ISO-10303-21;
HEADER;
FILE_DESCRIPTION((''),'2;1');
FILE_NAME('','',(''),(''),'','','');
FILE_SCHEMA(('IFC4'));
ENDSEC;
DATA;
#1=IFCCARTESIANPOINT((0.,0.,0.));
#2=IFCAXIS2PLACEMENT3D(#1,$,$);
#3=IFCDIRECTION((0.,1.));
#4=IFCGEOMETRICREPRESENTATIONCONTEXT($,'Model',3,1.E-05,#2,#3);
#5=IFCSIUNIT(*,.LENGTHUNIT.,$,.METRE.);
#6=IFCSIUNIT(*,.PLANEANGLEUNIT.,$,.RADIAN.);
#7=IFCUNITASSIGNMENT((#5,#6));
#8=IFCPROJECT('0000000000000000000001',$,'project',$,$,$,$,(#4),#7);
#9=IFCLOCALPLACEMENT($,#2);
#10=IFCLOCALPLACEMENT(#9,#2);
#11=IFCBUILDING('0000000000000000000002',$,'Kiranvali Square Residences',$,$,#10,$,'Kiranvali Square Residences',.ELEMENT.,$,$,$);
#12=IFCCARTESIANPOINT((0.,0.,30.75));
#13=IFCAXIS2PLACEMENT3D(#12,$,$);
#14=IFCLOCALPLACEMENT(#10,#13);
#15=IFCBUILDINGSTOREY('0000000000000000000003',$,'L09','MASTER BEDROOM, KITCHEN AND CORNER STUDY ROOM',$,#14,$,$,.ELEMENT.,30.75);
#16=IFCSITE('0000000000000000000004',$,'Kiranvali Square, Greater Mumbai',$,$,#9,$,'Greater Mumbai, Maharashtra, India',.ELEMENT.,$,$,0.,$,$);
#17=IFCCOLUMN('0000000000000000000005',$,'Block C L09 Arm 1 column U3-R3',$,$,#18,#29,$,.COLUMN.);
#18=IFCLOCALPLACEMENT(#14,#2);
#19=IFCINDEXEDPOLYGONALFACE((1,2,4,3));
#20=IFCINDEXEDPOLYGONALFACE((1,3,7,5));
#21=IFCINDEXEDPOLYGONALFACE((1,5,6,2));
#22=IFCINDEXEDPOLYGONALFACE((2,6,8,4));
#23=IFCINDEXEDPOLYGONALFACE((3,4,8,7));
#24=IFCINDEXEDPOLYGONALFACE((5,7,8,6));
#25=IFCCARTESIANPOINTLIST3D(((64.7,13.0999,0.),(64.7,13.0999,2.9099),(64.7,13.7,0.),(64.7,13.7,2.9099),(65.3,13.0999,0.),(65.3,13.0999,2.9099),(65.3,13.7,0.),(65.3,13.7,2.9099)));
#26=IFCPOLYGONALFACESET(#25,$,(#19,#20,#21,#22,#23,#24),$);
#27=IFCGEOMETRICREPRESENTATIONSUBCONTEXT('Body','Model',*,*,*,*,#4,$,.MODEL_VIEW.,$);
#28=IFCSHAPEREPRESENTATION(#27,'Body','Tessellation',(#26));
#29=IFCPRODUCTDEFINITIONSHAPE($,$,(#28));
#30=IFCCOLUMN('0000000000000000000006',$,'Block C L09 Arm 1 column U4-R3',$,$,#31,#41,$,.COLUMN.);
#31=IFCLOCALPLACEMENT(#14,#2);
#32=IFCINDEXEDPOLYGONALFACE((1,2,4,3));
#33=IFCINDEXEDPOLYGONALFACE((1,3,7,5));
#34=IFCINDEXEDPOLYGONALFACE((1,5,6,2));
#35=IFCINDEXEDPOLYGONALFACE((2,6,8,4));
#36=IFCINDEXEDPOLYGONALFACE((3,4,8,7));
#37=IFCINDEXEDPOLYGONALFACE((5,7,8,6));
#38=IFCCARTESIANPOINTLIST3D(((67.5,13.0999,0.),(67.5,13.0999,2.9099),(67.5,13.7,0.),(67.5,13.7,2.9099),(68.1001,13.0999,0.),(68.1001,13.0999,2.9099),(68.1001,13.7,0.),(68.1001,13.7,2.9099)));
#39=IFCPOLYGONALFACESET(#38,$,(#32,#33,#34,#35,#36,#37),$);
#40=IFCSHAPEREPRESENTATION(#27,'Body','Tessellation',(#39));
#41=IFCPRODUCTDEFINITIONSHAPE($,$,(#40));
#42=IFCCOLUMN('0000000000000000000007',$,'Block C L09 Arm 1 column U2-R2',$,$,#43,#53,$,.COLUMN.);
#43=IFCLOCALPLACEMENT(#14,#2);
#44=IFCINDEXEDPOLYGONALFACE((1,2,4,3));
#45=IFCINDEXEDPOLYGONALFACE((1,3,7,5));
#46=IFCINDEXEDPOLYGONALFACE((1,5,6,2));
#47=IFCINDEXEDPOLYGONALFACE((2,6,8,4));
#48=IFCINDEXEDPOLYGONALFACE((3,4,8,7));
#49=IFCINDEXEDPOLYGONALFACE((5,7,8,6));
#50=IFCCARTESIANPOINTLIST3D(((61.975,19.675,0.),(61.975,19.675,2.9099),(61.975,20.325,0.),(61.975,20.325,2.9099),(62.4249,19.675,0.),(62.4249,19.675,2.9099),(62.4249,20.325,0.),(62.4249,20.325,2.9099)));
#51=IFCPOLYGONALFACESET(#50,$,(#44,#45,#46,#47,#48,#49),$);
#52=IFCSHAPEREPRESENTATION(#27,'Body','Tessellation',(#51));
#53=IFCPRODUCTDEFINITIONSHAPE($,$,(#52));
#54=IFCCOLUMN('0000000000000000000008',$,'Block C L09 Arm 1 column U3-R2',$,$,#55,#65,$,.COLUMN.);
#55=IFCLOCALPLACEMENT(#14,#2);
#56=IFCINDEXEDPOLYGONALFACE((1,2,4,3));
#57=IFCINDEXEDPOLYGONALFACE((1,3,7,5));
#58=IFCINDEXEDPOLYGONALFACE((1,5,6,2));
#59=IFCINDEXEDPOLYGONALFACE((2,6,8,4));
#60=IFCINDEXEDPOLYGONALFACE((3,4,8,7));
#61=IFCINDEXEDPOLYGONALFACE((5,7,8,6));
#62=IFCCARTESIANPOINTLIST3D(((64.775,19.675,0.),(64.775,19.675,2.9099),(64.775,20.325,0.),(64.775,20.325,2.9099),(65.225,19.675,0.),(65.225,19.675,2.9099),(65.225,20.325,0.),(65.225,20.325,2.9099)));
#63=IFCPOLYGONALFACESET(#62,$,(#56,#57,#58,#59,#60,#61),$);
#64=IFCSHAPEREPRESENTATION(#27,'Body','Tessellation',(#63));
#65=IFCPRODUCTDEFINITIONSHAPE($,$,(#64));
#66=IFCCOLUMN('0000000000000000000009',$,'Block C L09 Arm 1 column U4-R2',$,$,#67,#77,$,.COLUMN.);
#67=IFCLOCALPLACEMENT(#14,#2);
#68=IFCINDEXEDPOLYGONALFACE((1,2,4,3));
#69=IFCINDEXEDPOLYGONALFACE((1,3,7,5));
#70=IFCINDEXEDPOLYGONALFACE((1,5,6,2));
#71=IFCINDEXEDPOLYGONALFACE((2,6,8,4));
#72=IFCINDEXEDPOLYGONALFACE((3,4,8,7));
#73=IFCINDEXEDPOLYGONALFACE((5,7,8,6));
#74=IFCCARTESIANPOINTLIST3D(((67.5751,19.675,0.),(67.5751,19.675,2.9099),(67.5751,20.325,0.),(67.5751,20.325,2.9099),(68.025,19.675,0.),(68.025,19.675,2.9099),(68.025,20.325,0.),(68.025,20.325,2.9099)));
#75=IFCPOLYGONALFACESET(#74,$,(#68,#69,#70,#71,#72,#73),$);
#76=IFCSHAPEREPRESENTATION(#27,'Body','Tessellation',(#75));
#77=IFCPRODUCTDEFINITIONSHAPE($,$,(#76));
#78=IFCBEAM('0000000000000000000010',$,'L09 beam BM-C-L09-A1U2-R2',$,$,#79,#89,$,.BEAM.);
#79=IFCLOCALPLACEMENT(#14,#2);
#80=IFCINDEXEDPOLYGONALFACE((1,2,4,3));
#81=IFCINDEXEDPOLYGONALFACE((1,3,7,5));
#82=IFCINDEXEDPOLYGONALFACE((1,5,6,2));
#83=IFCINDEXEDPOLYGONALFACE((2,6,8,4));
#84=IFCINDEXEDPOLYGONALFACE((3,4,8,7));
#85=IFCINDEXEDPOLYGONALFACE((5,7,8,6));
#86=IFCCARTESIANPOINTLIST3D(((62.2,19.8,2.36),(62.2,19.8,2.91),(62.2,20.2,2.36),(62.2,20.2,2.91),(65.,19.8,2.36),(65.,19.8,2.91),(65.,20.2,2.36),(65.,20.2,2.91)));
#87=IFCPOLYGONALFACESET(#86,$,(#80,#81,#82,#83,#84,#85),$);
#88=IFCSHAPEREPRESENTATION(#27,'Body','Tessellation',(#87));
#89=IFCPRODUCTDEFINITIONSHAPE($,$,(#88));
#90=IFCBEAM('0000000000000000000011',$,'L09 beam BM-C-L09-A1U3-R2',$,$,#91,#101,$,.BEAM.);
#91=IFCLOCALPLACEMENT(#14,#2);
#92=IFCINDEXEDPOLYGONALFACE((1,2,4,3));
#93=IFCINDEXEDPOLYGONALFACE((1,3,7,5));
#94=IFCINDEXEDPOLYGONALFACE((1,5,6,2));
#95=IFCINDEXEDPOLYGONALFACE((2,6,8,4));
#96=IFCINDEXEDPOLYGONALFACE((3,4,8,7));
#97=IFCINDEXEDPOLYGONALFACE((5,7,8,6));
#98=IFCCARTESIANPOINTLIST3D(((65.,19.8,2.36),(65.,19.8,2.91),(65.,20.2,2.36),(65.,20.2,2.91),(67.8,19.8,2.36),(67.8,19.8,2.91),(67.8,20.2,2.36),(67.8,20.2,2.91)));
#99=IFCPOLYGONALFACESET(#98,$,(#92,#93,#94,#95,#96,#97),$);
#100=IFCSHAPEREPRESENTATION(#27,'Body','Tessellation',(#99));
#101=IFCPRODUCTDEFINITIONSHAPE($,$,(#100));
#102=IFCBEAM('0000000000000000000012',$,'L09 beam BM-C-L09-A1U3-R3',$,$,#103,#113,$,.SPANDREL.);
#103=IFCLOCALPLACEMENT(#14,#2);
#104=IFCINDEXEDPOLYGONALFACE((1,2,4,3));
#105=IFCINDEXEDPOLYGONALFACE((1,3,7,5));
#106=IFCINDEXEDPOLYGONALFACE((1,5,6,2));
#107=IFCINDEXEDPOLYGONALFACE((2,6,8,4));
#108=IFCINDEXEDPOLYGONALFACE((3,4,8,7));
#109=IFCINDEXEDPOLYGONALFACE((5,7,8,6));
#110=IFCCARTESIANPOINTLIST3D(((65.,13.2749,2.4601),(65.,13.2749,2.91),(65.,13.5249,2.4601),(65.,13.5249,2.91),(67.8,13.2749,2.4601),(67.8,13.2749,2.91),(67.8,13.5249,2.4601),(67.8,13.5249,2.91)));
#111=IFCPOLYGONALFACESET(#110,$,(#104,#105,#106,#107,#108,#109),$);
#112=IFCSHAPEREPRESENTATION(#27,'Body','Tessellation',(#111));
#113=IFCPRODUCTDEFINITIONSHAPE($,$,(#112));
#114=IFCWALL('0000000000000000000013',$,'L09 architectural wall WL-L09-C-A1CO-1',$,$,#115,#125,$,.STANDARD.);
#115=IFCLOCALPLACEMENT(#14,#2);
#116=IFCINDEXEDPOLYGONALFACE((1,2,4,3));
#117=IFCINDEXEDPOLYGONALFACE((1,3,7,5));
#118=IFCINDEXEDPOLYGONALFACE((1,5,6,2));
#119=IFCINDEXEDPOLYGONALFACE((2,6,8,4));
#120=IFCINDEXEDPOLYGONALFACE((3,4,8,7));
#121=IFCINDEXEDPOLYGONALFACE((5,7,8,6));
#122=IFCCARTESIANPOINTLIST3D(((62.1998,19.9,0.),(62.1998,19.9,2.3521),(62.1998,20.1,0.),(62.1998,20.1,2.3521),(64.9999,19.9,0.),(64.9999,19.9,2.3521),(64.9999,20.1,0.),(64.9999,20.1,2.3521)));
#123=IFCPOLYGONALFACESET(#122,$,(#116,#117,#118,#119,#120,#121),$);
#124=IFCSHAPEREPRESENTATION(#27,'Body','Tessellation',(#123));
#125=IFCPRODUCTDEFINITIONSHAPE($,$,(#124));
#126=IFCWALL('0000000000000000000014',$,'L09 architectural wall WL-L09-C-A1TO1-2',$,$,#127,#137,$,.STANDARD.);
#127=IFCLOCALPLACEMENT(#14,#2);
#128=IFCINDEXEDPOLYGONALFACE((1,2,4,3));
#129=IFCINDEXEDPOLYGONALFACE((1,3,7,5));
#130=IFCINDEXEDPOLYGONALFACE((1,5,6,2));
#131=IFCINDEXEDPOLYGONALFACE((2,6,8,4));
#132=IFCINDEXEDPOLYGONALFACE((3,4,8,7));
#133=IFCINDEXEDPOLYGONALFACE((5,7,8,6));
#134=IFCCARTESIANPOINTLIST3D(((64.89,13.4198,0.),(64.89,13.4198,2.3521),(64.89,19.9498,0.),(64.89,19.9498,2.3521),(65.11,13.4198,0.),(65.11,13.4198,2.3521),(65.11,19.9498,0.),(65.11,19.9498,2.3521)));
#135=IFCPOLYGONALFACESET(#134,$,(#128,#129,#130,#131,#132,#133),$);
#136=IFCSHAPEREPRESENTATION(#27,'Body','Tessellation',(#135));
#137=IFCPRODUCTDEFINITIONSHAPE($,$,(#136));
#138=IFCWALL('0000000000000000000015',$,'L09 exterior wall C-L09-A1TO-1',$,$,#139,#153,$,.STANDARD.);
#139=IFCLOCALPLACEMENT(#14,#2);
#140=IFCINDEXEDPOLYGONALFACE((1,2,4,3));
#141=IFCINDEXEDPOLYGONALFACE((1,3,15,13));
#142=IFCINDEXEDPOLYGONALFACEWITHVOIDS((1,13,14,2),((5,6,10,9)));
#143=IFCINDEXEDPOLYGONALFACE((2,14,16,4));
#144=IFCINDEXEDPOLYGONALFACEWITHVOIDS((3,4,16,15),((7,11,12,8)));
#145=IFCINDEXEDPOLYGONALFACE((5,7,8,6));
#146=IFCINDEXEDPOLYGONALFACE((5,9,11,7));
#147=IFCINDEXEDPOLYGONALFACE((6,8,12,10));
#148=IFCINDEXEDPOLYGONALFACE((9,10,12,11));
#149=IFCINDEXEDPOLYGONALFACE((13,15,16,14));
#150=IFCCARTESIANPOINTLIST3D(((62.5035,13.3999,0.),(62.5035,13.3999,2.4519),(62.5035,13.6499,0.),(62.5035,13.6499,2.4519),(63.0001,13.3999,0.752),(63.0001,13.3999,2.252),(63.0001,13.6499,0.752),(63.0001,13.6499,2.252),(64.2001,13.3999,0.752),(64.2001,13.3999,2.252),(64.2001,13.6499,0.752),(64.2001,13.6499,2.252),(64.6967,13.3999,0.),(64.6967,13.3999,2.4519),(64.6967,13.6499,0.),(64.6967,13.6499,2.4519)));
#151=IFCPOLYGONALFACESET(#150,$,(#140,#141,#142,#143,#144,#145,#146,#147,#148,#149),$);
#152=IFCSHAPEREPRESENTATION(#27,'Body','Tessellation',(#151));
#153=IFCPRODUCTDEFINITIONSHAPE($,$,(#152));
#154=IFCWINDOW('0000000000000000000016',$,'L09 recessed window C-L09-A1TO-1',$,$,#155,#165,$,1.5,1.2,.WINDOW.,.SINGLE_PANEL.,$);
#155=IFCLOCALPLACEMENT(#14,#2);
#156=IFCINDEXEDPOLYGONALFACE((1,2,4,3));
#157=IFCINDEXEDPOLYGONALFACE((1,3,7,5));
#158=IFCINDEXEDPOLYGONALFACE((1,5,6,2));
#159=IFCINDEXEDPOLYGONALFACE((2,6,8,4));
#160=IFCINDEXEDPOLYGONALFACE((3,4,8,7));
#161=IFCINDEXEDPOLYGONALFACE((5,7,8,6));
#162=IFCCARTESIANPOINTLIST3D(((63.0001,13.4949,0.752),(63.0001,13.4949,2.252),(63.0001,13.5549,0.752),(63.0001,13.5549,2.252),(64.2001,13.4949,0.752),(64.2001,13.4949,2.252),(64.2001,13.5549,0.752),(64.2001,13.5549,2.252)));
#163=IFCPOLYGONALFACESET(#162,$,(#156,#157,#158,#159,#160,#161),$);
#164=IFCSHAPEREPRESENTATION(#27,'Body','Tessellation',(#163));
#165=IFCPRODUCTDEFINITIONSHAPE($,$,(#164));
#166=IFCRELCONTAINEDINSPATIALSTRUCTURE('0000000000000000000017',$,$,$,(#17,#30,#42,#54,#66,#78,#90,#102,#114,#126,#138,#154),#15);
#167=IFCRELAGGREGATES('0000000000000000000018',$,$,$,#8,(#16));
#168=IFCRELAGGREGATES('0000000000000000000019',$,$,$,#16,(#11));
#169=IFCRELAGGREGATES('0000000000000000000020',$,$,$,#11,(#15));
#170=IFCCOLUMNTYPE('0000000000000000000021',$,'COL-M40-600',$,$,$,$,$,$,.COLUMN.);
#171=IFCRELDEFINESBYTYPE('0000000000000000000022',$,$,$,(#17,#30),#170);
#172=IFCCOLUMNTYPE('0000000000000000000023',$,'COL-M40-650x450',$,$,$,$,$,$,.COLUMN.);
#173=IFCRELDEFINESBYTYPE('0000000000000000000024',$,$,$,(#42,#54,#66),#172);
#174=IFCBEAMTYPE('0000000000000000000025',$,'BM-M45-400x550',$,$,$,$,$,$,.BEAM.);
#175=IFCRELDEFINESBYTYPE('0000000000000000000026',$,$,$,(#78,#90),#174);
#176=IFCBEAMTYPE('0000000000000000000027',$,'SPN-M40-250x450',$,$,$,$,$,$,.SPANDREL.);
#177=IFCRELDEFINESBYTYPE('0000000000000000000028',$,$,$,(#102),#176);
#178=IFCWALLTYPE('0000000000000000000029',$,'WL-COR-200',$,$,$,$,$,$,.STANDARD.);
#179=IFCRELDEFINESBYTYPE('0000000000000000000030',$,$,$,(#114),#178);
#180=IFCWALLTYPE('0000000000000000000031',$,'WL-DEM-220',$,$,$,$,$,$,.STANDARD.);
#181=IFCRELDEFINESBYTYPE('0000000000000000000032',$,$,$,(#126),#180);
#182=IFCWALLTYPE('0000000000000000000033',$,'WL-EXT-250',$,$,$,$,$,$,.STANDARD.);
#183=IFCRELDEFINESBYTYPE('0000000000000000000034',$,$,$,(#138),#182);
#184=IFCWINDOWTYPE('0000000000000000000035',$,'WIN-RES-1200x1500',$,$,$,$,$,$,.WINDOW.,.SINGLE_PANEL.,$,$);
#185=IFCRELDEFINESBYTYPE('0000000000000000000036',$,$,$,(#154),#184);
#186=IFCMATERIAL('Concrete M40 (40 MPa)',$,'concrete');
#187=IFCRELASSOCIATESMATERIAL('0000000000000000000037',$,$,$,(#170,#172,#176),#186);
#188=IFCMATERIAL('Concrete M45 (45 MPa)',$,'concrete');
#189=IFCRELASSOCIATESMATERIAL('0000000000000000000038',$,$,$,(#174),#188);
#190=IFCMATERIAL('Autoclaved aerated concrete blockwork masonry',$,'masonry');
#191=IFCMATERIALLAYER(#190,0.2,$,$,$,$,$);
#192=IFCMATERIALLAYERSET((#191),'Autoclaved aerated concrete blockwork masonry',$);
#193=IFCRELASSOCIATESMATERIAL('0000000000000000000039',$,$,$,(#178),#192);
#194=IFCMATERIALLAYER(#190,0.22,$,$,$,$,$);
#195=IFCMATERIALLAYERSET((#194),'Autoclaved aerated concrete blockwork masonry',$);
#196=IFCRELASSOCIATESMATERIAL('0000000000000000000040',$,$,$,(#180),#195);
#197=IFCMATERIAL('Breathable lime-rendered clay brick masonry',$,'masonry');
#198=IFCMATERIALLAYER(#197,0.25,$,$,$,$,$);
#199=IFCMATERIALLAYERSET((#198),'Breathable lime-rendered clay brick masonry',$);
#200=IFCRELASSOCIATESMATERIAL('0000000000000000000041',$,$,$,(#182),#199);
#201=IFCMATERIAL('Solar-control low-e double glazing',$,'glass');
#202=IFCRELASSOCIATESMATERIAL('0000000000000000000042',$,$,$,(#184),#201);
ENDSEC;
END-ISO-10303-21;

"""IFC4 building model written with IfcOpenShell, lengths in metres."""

from ifc_helpers import new_model, si_unit, direction, frame, frame_2d, origin, origin_2d, place, context, subcontext, project, spatial, rectangle, extrude, material, layer, layer_set, material_profile, profile_set, type_object, element, fill, save


model = new_model("IFC4")

# Units and contexts
model_context = context("Model", 3, precision=1e-05, world=origin(), true_north=direction((0.0, 1.0)))
body_context = subcontext(model_context, "Body", "Model", "MODEL_VIEW")
ifc_project = project(units=[si_unit("LENGTHUNIT", "METRE"), si_unit("PLANEANGLEUNIT", "RADIAN")], contexts=[model_context])

# Site, building, storey
site_placement = place(None, origin())
site = spatial("IfcSite", under=ifc_project, at=site_placement, Name="Kiranvali Square, Greater Mumbai", LongName="Greater Mumbai, Maharashtra, India", CompositionType="ELEMENT", RefElevation=0.0)
building_placement = place(site_placement, origin())
building = spatial("IfcBuilding", under=site, at=building_placement, Name="Kiranvali Square Residences", LongName="Kiranvali Square Residences", CompositionType="ELEMENT")
storey_placement = place(building_placement, frame((0.0, 0.0, 30.75)))
storey = spatial("IfcBuildingStorey", under=building, at=storey_placement, Name="L09", Description="MASTER BEDROOM, KITCHEN AND CORNER STUDY ROOM", CompositionType="ELEMENT", Elevation=30.75)

# Columns
ifc_material_1 = material(Name="Concrete M40 (40 MPa)", Category="concrete")
ifc_material_profile_1 = material_profile(ifc_material_1, rectangle(XDim=0.6001, YDim=0.6001, at=origin_2d()), Name="RC 600x600")
ifc_profile_set_1 = profile_set([ifc_material_profile_1], Name="Concrete M40 (40 MPa)")
column_type_1 = type_object("IfcColumnType", Name="COL-M40-600", PredefinedType="COLUMN", material=ifc_profile_set_1)
for number, where, z_axis, x_axis, name in (
    (1, (65.0, 13.3999, 0.0), (0.0, 0.0, 1.0), (1.0, 0.0, 0.0), "Block C L09 Arm 1 column U3-R3"),
    (2, (67.8, 13.3999, 0.0), (0.0, 0.0, 1.0), (1.0, 0.0, 0.0), "Block C L09 Arm 1 column U4-R3"),
):
    element("IfcColumn", number, at=place(storey_placement, frame(where, z_axis=z_axis, x_axis=x_axis)), inside=storey, type_object=column_type_1, Name=name, PredefinedType="COLUMN", context=body_context, shape_type="SweptSolid", body=[
        extrude(rectangle(XDim=0.6001, YDim=0.6001, at=origin_2d()), origin(), (0.0, 0.0, 1.0), 2.9099),
    ])
ifc_material_profile_2 = material_profile(ifc_material_1, rectangle(XDim=0.45, YDim=0.6499, at=origin_2d()), Name="RC 650x450")
ifc_profile_set_2 = profile_set([ifc_material_profile_2], Name="Concrete M40 (40 MPa)")
column_type_2 = type_object("IfcColumnType", Name="COL-M40-650x450", PredefinedType="COLUMN", material=ifc_profile_set_2)
for number, where, z_axis, x_axis, name in (
    (3, (62.2, 20.0, 0.0), (0.0, 0.0, 1.0), (1.0, 0.0, 0.0), "Block C L09 Arm 1 column U2-R2"),
    (4, (65.0, 20.0, 0.0), (0.0, 0.0, 1.0), (1.0, 0.0, 0.0), "Block C L09 Arm 1 column U3-R2"),
    (5, (67.8, 20.0, 0.0), (0.0, 0.0, 1.0), (1.0, 0.0, 0.0), "Block C L09 Arm 1 column U4-R2"),
):
    element("IfcColumn", number, at=place(storey_placement, frame(where, z_axis=z_axis, x_axis=x_axis)), inside=storey, type_object=column_type_2, Name=name, PredefinedType="COLUMN", context=body_context, shape_type="SweptSolid", body=[
        extrude(rectangle(XDim=0.45, YDim=0.6499, at=origin_2d()), origin(), (0.0, 0.0, 1.0), 2.9099),
    ])

# Beams
ifc_material_2 = material(Name="Concrete M45 (45 MPa)", Category="concrete")
ifc_material_profile_3 = material_profile(ifc_material_2, rectangle(XDim=0.3999, YDim=0.55, at=origin_2d()), Name="RC 400x550")
ifc_profile_set_3 = profile_set([ifc_material_profile_3], Name="Concrete M45 (45 MPa)")
beam_type_1 = type_object("IfcBeamType", Name="BM-M45-400x550", PredefinedType="BEAM", material=ifc_profile_set_3)
for number, where, z_axis, x_axis, name in (
    (6, (62.2, 20.0, 2.635), (1.0, 0.0, 0.0), (0.0, 1.0, 0.0), "L09 beam BM-C-L09-A1U2-R2"),
    (7, (65.0, 20.0, 2.635), (1.0, 0.0, 0.0), (0.0, 1.0, 0.0), "L09 beam BM-C-L09-A1U3-R2"),
):
    element("IfcBeam", number, at=place(storey_placement, frame(where, z_axis=z_axis, x_axis=x_axis)), inside=storey, type_object=beam_type_1, Name=name, PredefinedType="BEAM", context=body_context, shape_type="SweptSolid", body=[
        extrude(rectangle(XDim=0.3999, YDim=0.55, at=origin_2d()), origin(), (0.0, 0.0, 1.0), 2.8),
    ])
ifc_material_profile_4 = material_profile(ifc_material_1, rectangle(XDim=0.25, YDim=0.45, at=origin_2d()), Name="RC 250x450")
ifc_profile_set_4 = profile_set([ifc_material_profile_4], Name="Concrete M40 (40 MPa)")
beam_type_2 = type_object("IfcBeamType", Name="SPN-M40-250x450", PredefinedType="SPANDREL", material=ifc_profile_set_4)
beam_placement = place(storey_placement, frame((65.0, 13.3999, 2.6851), z_axis=(1.0, 0.0, 0.0), x_axis=(0.0, 1.0, 0.0)))
element("IfcBeam", 8, at=beam_placement, inside=storey, type_object=beam_type_2, Name="L09 beam BM-C-L09-A1U3-R3", PredefinedType="SPANDREL", context=body_context, shape_type="SweptSolid", body=[
    extrude(rectangle(XDim=0.25, YDim=0.45, at=origin_2d()), origin(), (0.0, 0.0, 1.0), 2.8),
])

# Wall
ifc_material_3 = material(Name="Autoclaved aerated concrete blockwork masonry", Category="masonry")
ifc_layer_1 = layer(ifc_material_3, 0.2)
ifc_layer_set_1 = layer_set([ifc_layer_1], Name="Autoclaved aerated concrete blockwork masonry")
wall_type_1 = type_object("IfcWallType", Name="WL-COR-200", PredefinedType="STANDARD", material=ifc_layer_set_1)
wall_1_placement = place(storey_placement, frame((62.2, 20.0, 0.0), z_axis=(0.0, 0.0, 1.0), x_axis=(1.0, 0.0, 0.0)))
element("IfcWall", 9, at=wall_1_placement, inside=storey, type_object=wall_type_1, Name="L09 architectural wall WL-L09-C-A1CO-1", PredefinedType="STANDARD", context=body_context, shape_type="SweptSolid", body=[
    extrude(rectangle(XDim=2.8, YDim=0.2, at=frame_2d((1.3999, 0.0))), origin(), (0.0, 0.0, 1.0), 2.3521),
])

# Wall
ifc_layer_2 = layer(ifc_material_3, 0.22)
ifc_layer_set_2 = layer_set([ifc_layer_2], Name="Autoclaved aerated concrete blockwork masonry")
wall_type_2 = type_object("IfcWallType", Name="WL-DEM-220", PredefinedType="STANDARD", material=ifc_layer_set_2)
wall_2_placement = place(storey_placement, frame((65.0, 19.95, 0.0), z_axis=(0.0, 0.0, 1.0), x_axis=(0.0, -1.0, 0.0)))
element("IfcWall", 10, at=wall_2_placement, inside=storey, type_object=wall_type_2, Name="L09 architectural wall WL-L09-C-A1TO1-2", PredefinedType="STANDARD", context=body_context, shape_type="SweptSolid", body=[
    extrude(rectangle(XDim=6.53, YDim=0.22, at=frame_2d((3.2651, 0.0))), origin(), (0.0, 0.0, 1.0), 2.3521),
])

# Wall, opening, window
ifc_material_4 = material(Name="Breathable lime-rendered clay brick masonry", Category="masonry")
ifc_layer_3 = layer(ifc_material_4, 0.25)
ifc_layer_set_3 = layer_set([ifc_layer_3], Name="Breathable lime-rendered clay brick masonry")
wall_type_3 = type_object("IfcWallType", Name="WL-EXT-250", PredefinedType="STANDARD", material=ifc_layer_set_3)
wall_3_placement = place(storey_placement, frame((62.5034, 13.5249, 0.0), z_axis=(0.0, 0.0, 1.0), x_axis=(1.0, 0.0, 0.0)))
wall_3 = element("IfcWall", 11, at=wall_3_placement, inside=storey, type_object=wall_type_3, Name="L09 exterior wall C-L09-A1TO-1", PredefinedType="STANDARD", context=body_context, shape_type="SweptSolid", body=[
    extrude(rectangle(XDim=2.1931, YDim=0.25, at=frame_2d((1.0967, 0.0))), origin(), (0.0, 0.0, 1.0), 2.4519),
])
opening_1_placement = place(wall_3_placement, frame((0.4966, 0.0, 0.752)))
opening_1 = element("IfcOpeningElement", 12, at=opening_1_placement, cuts=wall_3, PredefinedType="OPENING", context=body_context, shape_type="SweptSolid", body=[
    extrude(rectangle(XDim=1.2, YDim=1.5, at=frame_2d((0.6001, 0.75))), frame((0.0, 0.135, 0.0), z_axis=(0.0, -1.0, 0.0), x_axis=(1.0, 0.0, 0.0)), (0.0, 0.0, 1.0), 0.27),
])
ifc_material_5 = material(Name="Solar-control low-e double glazing", Category="glass")
window_type_1 = type_object("IfcWindowType", Name="WIN-RES-1200x1500", PartitioningType="SINGLE_PANEL", PredefinedType="WINDOW", material=ifc_material_5)
window_1_placement = place(opening_1_placement, origin())
window_1 = element("IfcWindow", 13, at=window_1_placement, inside=storey, type_object=window_type_1, Name="L09 recessed window C-L09-A1TO-1", OverallHeight=1.5, OverallWidth=1.2, PartitioningType="SINGLE_PANEL", PredefinedType="WINDOW", context=body_context, shape_type="SweptSolid", body=[
    extrude(rectangle(XDim=1.2, YDim=1.5, at=frame_2d((0.6001, 0.75))), frame((0.0, 0.03, 0.0), z_axis=(0.0, -1.0, 0.0), x_axis=(1.0, 0.0, 0.0)), (0.0, 0.0, 1.0), 0.0601),
])
fill(opening_1, window_1)

save(model, "model.ifc")
